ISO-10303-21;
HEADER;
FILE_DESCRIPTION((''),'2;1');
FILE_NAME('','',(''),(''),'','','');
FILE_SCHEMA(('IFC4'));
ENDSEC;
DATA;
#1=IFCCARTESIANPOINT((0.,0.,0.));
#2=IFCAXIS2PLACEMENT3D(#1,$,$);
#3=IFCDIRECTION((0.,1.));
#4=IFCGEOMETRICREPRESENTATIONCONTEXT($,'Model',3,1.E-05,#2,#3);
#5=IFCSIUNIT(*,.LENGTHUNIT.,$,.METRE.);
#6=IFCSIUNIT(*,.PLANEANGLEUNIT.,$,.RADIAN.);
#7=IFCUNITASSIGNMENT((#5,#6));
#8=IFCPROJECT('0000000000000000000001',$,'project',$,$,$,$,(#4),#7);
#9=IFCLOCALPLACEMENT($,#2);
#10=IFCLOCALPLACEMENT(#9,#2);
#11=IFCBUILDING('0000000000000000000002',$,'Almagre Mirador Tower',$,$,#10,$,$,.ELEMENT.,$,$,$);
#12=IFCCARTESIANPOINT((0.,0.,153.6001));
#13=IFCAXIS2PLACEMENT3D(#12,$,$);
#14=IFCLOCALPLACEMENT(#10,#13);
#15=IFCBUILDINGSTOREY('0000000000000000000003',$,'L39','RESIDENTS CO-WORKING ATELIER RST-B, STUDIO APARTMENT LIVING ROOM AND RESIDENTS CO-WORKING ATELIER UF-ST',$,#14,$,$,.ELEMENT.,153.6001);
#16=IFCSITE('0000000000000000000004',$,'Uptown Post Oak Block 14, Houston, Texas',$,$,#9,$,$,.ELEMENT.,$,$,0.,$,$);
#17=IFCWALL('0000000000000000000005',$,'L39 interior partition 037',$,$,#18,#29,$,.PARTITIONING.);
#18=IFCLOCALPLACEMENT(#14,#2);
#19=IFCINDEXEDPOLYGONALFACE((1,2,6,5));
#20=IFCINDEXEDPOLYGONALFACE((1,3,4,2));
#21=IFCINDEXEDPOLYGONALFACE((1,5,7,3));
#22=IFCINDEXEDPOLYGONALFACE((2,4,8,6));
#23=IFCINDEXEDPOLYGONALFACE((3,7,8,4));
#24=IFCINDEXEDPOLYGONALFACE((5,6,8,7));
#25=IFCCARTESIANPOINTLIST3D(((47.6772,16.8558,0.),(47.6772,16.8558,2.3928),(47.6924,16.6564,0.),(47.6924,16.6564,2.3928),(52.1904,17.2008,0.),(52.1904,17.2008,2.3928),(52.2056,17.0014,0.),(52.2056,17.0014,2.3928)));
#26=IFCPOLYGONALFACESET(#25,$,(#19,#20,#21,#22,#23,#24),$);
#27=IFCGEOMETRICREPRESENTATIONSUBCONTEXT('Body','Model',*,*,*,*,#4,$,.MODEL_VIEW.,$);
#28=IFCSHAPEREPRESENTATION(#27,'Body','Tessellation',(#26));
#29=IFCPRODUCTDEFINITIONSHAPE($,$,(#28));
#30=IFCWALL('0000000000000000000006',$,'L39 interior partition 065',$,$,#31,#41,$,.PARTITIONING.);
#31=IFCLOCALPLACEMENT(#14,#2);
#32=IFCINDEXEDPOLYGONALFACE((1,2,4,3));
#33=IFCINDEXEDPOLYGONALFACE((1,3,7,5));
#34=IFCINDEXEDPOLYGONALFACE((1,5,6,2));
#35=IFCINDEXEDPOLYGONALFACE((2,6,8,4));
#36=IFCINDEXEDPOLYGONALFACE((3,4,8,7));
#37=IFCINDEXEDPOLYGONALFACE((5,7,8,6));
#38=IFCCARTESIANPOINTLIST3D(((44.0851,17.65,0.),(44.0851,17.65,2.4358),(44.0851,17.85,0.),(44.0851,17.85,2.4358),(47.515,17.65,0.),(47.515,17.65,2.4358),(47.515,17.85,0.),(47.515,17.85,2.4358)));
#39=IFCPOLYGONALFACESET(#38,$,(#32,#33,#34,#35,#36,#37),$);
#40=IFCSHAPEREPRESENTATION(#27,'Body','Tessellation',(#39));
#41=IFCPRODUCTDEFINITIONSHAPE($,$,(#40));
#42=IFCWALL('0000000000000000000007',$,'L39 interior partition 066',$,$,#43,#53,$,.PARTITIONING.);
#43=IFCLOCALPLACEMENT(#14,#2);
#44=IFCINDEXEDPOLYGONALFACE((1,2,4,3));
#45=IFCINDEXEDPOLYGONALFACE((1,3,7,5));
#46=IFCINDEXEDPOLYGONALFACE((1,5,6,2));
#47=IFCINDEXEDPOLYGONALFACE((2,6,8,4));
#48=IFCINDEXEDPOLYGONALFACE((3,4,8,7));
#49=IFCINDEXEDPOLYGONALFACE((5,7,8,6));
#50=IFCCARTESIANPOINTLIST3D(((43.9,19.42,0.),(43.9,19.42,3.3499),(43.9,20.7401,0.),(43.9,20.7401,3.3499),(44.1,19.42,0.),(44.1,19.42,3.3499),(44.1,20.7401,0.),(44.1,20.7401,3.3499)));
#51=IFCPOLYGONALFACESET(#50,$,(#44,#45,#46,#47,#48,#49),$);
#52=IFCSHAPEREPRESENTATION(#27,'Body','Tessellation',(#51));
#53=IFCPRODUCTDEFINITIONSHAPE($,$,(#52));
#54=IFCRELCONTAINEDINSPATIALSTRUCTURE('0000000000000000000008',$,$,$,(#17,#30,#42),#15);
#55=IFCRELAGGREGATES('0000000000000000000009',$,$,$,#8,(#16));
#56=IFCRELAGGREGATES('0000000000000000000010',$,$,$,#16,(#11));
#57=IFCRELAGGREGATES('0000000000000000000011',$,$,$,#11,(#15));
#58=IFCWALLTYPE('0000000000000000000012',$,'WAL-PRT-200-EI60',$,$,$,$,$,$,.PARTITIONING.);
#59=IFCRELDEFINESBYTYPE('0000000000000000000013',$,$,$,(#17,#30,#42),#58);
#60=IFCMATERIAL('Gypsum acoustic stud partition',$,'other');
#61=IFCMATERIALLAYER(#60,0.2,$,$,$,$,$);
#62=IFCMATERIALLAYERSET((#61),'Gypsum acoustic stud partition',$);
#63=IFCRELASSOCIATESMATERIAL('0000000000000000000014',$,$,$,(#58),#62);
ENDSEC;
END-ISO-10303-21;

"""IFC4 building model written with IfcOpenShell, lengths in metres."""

from ifc_helpers import new_model, si_unit, direction, frame, frame_2d, origin, place, context, subcontext, project, spatial, rectangle, extrude, material, layer, layer_set, type_object, element, save


model = new_model("IFC4")

# Units and contexts
model_context = context("Model", 3, precision=1e-05, world=origin(), true_north=direction((0.0, 1.0)))
body_context = subcontext(model_context, "Body", "Model", "MODEL_VIEW")
ifc_project = project(units=[si_unit("LENGTHUNIT", "METRE"), si_unit("PLANEANGLEUNIT", "RADIAN")], contexts=[model_context])

# Site, building, storey
site_placement = place(None, origin())
site = spatial("IfcSite", under=ifc_project, at=site_placement, Name="Uptown Post Oak Block 14, Houston, Texas", CompositionType="ELEMENT", RefElevation=0.0)
building_placement = place(site_placement, origin())
building = spatial("IfcBuilding", under=site, at=building_placement, Name="Almagre Mirador Tower", CompositionType="ELEMENT")
storey_placement = place(building_placement, frame((0.0, 0.0, 153.6001)))
storey = spatial("IfcBuildingStorey", under=building, at=storey_placement, Name="L39", Description="RESIDENTS CO-WORKING ATELIER RST-B, STUDIO APARTMENT LIVING ROOM AND RESIDENTS CO-WORKING ATELIER UF-ST", CompositionType="ELEMENT", Elevation=153.6001)

# Shared definitions
ifc_material_1 = material(Name="Gypsum acoustic stud partition", Category="other")
ifc_layer_1 = layer(ifc_material_1, 0.2)
ifc_layer_set_1 = layer_set([ifc_layer_1], Name="Gypsum acoustic stud partition")
wall_type_1 = type_object("IfcWallType", Name="WAL-PRT-200-EI60", PredefinedType="PARTITIONING", material=ifc_layer_set_1)

# Walls
wall_1_placement = place(storey_placement, frame((52.198, 17.1011, 0.0), z_axis=(0.0, 0.0, 1.0), x_axis=(-0.997091, -0.076214, 0.0)))
element("IfcWall", 1, at=wall_1_placement, inside=storey, type_object=wall_type_1, Name="L39 interior partition 037", PredefinedType="PARTITIONING", context=body_context, shape_type="SweptSolid", body=[
    extrude(rectangle(XDim=4.5264, YDim=0.2, at=frame_2d((2.2632, 0.0))), origin(), (0.0, 0.0, 1.0), 2.3928),
])
wall_2_placement = place(storey_placement, frame((47.5149, 17.75, 0.0), z_axis=(0.0, 0.0, 1.0), x_axis=(-1.0, 0.0, 0.0)))
element("IfcWall", 2, at=wall_2_placement, inside=storey, type_object=wall_type_1, Name="L39 interior partition 065", PredefinedType="PARTITIONING", context=body_context, shape_type="SweptSolid", body=[
    extrude(rectangle(XDim=3.4299, YDim=0.2, at=frame_2d((1.7148, 0.0))), origin(), (0.0, 0.0, 1.0), 2.4358),
])
wall_3_placement = place(storey_placement, frame((44.0, 19.4199, 0.0), z_axis=(0.0, 0.0, 1.0), x_axis=(0.0, 1.0, 0.0)))
element("IfcWall", 3, at=wall_3_placement, inside=storey, type_object=wall_type_1, Name="L39 interior partition 066", PredefinedType="PARTITIONING", context=body_context, shape_type="SweptSolid", body=[
    extrude(rectangle(XDim=1.3201, YDim=0.2, at=frame_2d((0.6602, 0.0))), origin(), (0.0, 0.0, 1.0), 3.3499),
])

save(model, "model.ifc")
